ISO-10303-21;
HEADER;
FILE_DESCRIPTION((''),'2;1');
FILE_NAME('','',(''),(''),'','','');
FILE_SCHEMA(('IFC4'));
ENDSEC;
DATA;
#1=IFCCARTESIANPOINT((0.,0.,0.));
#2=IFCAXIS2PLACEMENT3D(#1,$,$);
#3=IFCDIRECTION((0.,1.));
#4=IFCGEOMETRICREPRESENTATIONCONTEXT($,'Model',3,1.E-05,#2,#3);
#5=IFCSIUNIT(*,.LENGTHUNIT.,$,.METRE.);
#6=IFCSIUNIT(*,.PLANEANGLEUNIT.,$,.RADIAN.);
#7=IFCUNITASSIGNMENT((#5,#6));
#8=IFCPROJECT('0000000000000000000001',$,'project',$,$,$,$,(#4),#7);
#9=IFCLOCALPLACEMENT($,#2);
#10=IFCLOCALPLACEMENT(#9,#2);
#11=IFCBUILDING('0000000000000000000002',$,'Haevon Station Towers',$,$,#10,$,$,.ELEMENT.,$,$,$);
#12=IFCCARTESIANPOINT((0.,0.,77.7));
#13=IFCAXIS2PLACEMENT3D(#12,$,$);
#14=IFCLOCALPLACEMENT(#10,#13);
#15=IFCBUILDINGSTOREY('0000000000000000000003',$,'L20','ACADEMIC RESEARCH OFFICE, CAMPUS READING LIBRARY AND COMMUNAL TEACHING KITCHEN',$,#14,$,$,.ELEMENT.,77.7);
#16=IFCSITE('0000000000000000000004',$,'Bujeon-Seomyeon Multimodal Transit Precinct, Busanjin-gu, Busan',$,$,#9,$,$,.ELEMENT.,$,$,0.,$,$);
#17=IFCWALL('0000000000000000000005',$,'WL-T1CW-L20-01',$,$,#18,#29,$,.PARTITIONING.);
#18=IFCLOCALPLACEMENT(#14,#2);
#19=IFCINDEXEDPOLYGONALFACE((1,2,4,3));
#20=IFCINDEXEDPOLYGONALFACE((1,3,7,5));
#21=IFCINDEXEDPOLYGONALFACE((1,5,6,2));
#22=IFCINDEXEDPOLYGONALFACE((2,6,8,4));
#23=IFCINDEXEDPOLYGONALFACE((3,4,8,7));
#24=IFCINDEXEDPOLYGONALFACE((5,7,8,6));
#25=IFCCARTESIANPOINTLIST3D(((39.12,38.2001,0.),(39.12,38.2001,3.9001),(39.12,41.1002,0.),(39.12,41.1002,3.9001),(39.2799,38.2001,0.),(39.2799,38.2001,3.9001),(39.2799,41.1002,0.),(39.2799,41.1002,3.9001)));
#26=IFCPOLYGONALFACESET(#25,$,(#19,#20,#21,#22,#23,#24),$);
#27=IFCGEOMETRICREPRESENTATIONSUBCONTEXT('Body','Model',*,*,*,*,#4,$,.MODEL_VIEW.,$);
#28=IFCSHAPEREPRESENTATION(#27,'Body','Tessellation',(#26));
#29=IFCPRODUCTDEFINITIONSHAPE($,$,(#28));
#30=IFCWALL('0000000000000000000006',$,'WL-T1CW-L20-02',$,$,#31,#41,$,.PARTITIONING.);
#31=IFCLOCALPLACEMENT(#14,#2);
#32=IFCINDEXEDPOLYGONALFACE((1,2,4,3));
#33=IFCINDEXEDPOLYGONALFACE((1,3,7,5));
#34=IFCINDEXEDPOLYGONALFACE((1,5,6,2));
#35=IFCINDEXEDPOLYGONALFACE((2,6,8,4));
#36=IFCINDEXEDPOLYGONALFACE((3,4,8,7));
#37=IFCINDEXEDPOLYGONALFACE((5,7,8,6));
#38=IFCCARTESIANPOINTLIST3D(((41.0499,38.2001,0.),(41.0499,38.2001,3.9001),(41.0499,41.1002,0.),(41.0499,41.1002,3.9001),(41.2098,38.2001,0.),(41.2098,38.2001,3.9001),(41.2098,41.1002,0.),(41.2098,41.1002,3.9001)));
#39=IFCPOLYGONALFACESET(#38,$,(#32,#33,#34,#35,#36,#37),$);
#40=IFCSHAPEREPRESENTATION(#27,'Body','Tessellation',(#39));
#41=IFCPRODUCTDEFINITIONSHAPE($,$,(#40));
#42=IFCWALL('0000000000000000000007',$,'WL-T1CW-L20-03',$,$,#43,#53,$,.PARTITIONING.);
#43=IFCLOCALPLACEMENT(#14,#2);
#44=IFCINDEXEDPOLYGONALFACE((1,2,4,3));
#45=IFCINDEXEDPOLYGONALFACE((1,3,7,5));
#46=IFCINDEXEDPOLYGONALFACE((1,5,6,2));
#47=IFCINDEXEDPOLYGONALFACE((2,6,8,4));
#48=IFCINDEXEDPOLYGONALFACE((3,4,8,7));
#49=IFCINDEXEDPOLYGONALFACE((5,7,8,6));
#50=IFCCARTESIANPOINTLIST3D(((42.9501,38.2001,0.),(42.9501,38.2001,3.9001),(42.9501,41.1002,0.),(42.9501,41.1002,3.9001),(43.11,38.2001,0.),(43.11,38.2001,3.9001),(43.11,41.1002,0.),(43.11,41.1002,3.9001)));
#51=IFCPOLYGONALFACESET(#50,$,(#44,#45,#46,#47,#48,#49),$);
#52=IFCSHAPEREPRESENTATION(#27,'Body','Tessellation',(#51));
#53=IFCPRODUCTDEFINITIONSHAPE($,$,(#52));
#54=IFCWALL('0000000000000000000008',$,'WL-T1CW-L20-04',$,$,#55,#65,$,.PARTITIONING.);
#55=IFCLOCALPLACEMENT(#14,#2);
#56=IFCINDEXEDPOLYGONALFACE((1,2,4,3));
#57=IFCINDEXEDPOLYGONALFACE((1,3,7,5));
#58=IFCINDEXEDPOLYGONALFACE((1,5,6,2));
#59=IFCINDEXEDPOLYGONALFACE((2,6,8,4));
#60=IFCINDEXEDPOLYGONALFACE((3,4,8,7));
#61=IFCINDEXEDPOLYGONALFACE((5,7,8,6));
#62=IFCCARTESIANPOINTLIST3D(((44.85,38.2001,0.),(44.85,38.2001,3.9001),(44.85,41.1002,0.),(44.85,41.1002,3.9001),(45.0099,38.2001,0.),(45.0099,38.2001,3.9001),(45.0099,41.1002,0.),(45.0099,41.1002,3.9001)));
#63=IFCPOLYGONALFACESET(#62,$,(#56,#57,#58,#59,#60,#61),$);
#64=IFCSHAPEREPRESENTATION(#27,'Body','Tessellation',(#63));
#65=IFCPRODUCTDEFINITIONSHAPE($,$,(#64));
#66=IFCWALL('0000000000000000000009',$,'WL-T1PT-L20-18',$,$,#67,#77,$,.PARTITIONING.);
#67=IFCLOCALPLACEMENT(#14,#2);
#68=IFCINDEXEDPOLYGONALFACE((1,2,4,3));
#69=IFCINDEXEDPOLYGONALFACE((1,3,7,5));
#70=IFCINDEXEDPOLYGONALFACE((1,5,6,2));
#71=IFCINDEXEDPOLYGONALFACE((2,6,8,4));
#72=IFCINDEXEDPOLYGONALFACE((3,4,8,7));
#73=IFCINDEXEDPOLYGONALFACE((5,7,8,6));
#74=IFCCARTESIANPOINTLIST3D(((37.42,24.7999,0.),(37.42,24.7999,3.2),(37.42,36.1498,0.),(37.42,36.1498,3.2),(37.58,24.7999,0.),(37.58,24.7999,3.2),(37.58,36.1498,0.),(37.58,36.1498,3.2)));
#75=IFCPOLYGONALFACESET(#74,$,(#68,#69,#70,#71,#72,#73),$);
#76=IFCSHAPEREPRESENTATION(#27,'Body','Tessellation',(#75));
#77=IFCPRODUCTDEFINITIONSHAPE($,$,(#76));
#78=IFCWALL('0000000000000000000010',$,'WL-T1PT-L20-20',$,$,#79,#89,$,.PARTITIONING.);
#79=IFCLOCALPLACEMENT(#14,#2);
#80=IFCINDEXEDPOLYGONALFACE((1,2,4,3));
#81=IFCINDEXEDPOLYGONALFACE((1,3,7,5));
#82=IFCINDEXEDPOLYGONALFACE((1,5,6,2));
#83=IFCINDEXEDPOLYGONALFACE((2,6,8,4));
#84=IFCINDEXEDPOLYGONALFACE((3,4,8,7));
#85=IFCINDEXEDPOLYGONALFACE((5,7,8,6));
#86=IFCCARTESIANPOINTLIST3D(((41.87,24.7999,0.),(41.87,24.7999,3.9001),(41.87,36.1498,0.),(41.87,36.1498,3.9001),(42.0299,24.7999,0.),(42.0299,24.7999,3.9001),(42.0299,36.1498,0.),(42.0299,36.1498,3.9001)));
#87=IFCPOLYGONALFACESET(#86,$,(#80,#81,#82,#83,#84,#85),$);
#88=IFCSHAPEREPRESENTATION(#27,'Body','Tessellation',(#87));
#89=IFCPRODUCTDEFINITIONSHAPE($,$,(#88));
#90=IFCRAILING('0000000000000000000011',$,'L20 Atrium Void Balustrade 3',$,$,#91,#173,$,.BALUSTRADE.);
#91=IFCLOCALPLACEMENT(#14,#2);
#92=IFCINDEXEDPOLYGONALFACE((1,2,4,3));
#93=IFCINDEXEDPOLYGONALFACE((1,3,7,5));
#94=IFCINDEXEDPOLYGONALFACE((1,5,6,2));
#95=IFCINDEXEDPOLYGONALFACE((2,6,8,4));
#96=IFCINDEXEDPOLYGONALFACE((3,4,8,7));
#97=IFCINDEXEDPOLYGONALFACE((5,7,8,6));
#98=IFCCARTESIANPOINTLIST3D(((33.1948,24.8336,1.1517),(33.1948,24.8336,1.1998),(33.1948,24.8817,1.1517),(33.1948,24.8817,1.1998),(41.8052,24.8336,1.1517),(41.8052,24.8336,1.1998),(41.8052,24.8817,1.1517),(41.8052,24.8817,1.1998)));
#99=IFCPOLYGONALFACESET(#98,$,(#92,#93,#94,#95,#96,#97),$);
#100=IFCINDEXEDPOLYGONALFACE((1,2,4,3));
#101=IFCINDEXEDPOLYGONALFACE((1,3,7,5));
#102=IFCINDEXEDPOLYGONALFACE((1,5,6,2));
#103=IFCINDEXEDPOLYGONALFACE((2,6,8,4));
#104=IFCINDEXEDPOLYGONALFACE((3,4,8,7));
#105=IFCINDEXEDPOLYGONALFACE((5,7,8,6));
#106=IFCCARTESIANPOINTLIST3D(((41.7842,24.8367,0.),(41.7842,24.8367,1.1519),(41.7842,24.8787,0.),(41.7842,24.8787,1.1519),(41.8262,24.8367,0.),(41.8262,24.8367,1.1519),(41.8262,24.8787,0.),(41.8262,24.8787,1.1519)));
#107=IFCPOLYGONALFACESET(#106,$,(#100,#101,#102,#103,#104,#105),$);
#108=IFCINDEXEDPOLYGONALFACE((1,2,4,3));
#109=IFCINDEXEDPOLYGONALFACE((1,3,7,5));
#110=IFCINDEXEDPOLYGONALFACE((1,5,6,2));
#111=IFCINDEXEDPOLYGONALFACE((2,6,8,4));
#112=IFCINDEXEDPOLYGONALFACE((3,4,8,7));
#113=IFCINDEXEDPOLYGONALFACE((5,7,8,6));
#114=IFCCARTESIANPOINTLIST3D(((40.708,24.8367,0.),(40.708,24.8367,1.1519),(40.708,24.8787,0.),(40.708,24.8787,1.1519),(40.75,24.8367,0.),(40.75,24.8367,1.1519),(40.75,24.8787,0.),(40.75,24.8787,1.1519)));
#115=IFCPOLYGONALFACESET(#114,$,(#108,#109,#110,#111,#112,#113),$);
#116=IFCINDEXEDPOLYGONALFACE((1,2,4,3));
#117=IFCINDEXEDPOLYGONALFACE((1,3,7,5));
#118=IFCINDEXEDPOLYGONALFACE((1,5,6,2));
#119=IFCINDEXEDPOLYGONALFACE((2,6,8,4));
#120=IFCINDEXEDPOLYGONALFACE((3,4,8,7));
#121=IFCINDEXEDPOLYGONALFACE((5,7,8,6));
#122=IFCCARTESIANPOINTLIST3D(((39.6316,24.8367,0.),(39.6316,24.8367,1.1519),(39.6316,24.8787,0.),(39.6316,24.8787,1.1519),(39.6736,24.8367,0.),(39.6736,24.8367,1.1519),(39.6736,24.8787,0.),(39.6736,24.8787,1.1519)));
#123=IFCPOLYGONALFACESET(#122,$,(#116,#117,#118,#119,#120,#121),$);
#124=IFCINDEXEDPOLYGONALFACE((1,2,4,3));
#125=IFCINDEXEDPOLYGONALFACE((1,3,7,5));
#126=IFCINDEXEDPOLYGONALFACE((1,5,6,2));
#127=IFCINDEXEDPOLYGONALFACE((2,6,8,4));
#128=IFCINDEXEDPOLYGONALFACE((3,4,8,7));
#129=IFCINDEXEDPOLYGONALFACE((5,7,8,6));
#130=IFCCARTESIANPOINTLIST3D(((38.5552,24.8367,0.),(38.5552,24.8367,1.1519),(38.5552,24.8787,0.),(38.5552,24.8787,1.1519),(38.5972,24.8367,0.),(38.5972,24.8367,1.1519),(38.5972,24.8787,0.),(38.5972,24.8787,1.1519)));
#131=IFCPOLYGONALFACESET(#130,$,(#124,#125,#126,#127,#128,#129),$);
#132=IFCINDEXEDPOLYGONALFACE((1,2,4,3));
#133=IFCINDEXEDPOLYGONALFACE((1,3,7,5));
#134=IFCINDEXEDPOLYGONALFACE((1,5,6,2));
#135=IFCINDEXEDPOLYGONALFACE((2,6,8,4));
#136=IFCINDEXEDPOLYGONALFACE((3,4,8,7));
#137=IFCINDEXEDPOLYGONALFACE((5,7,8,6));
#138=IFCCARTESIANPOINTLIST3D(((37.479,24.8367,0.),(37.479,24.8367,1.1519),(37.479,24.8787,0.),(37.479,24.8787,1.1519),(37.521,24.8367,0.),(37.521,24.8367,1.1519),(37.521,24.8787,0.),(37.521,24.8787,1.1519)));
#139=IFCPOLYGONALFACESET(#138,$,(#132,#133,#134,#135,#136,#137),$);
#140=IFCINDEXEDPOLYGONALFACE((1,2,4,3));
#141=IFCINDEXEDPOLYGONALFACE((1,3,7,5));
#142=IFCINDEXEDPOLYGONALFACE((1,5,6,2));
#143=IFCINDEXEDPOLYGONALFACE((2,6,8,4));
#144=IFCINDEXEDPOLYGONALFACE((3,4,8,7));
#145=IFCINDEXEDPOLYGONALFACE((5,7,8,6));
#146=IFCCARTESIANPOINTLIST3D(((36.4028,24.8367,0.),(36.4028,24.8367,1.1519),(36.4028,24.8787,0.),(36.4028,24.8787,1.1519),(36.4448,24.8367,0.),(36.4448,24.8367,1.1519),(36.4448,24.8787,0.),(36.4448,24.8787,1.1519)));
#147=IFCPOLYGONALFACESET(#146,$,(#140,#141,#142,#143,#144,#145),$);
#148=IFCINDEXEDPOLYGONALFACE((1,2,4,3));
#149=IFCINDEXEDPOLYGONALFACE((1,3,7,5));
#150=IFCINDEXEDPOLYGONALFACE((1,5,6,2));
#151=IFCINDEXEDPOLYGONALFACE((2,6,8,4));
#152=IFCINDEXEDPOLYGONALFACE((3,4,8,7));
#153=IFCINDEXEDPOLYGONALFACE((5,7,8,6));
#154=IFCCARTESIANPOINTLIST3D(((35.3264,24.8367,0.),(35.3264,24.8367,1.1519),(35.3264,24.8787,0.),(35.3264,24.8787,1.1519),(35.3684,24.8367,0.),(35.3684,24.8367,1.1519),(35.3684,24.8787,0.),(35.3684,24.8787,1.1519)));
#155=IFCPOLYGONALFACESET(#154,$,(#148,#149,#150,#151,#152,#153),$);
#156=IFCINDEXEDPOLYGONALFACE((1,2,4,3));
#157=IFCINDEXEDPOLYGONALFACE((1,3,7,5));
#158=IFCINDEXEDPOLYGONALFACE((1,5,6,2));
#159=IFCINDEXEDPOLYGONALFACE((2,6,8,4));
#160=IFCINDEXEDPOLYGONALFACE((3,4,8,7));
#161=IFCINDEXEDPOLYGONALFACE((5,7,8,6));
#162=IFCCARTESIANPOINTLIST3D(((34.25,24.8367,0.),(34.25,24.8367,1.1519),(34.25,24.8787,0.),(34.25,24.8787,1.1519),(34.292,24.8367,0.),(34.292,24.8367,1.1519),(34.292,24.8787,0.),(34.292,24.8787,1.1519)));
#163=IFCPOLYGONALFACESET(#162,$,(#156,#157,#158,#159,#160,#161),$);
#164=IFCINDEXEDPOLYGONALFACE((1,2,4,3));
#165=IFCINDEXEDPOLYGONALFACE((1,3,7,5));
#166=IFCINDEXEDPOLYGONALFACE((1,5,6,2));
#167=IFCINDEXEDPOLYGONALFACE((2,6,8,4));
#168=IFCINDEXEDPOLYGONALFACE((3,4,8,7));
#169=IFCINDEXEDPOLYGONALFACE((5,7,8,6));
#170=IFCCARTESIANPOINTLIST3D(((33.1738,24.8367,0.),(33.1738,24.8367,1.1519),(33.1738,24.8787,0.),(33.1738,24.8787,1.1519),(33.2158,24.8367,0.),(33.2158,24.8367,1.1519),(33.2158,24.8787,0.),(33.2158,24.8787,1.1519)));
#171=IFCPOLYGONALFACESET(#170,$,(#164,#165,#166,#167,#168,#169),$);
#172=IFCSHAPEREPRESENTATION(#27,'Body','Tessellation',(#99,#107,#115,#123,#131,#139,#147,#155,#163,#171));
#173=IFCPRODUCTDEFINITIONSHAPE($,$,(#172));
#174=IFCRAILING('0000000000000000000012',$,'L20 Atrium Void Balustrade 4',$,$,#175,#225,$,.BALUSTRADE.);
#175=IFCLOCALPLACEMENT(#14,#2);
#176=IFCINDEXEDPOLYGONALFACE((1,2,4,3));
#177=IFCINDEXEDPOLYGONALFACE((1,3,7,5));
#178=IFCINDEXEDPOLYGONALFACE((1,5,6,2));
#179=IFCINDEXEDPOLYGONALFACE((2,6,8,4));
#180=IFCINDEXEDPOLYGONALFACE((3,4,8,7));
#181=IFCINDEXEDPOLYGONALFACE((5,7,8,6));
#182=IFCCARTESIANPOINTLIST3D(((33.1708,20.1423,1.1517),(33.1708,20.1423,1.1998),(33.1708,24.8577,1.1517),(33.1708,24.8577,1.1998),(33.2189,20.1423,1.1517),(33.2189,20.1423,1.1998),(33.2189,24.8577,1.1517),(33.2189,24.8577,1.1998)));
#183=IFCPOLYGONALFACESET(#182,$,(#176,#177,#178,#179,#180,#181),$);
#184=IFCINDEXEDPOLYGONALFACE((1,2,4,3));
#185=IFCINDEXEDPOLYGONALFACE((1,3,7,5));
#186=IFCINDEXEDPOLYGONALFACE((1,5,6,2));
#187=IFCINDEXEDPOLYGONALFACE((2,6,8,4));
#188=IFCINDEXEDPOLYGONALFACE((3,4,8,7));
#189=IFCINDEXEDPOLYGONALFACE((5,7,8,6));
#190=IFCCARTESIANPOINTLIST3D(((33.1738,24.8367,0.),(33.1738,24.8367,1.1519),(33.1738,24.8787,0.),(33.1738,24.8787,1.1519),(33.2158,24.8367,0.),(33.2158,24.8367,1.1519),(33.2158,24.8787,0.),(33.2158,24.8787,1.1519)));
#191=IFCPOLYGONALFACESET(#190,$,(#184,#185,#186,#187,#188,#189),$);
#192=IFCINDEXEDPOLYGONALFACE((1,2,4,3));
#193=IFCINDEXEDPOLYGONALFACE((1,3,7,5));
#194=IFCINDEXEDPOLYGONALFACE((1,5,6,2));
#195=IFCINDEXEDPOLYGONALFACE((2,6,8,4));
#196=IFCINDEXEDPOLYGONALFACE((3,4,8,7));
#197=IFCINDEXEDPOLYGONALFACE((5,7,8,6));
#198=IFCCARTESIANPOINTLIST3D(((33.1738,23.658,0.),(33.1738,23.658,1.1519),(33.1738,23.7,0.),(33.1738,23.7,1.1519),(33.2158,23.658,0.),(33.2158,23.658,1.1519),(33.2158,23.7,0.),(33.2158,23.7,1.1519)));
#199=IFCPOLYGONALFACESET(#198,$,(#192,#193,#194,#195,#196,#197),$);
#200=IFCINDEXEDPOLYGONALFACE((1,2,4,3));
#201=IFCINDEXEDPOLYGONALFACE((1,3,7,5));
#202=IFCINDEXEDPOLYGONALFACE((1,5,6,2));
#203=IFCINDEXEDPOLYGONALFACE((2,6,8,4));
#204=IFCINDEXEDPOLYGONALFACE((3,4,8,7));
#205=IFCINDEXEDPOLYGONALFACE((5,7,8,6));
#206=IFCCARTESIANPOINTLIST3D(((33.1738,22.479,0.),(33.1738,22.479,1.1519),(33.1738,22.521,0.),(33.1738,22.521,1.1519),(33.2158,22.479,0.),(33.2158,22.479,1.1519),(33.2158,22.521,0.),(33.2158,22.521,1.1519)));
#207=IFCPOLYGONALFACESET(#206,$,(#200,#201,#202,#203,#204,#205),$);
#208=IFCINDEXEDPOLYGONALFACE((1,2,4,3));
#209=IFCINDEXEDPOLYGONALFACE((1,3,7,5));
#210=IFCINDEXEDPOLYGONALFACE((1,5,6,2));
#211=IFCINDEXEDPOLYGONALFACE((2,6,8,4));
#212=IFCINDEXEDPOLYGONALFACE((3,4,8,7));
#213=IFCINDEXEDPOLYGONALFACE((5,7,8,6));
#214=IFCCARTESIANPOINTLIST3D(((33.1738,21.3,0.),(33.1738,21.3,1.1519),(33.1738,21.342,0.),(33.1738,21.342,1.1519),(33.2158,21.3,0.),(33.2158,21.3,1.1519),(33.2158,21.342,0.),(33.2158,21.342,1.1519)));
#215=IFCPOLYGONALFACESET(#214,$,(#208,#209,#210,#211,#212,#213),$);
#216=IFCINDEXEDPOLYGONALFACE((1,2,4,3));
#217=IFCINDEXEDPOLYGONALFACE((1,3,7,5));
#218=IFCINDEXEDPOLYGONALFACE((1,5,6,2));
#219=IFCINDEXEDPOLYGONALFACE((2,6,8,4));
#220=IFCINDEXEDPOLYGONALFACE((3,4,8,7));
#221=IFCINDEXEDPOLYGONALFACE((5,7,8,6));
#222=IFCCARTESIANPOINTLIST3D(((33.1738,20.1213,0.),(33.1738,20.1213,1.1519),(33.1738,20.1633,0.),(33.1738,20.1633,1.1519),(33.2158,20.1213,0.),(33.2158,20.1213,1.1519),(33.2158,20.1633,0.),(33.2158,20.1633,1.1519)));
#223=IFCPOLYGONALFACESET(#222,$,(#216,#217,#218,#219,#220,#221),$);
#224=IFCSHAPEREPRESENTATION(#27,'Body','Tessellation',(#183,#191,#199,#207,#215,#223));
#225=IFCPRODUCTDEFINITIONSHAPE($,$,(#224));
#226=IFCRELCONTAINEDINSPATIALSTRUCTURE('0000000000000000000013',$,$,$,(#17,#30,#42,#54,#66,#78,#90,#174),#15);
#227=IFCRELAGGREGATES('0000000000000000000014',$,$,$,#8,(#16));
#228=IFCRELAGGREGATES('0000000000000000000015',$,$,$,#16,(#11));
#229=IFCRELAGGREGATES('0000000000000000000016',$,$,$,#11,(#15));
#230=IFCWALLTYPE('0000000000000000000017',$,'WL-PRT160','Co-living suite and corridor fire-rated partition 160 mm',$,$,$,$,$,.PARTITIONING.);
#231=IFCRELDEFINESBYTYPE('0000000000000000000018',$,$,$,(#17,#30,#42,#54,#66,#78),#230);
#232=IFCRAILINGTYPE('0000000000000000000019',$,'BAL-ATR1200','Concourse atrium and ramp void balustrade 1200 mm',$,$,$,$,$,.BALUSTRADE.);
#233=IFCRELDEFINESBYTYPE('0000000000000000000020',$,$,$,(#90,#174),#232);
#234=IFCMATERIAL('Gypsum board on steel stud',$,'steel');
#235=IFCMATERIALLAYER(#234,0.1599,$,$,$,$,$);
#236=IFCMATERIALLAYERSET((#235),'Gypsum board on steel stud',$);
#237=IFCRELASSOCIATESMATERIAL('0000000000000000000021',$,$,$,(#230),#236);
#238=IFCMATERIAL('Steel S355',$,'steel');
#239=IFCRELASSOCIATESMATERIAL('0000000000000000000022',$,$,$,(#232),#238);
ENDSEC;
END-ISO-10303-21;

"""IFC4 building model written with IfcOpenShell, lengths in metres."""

from ifc_helpers import new_model, si_unit, direction, frame, frame_2d, origin, origin_2d, place, context, subcontext, project, spatial, rectangle, extrude, material, layer, layer_set, type_object, element, save


model = new_model("IFC4")

# Units and contexts
model_context = context("Model", 3, precision=1e-05, world=origin(), true_north=direction((0.0, 1.0)))
body_context = subcontext(model_context, "Body", "Model", "MODEL_VIEW")
ifc_project = project(units=[si_unit("LENGTHUNIT", "METRE"), si_unit("PLANEANGLEUNIT", "RADIAN")], contexts=[model_context])

# Site, building, storey
site_placement = place(None, origin())
site = spatial("IfcSite", under=ifc_project, at=site_placement, Name="Bujeon-Seomyeon Multimodal Transit Precinct, Busanjin-gu, Busan", CompositionType="ELEMENT", RefElevation=0.0)
building_placement = place(site_placement, origin())
building = spatial("IfcBuilding", under=site, at=building_placement, Name="Haevon Station Towers", CompositionType="ELEMENT")
storey_placement = place(building_placement, frame((0.0, 0.0, 77.7)))
storey = spatial("IfcBuildingStorey", under=building, at=storey_placement, Name="L20", Description="ACADEMIC RESEARCH OFFICE, CAMPUS READING LIBRARY AND COMMUNAL TEACHING KITCHEN", CompositionType="ELEMENT", Elevation=77.7)

# Shared definitions
ifc_material_1 = material(Name="Steel S355", Category="steel")

# Shared definitions
ifc_material_2 = material(Name="Gypsum board on steel stud", Category="steel")

# Walls
ifc_layer_1 = layer(ifc_material_2, 0.1599)
ifc_layer_set_1 = layer_set([ifc_layer_1], Name="Gypsum board on steel stud")
wall_type_1 = type_object("IfcWallType", Name="WL-PRT160", Description="Co-living suite and corridor fire-rated partition 160 mm", PredefinedType="PARTITIONING", material=ifc_layer_set_1)
for number, where, z_axis, x_axis, name in (
    (1, (39.2, 38.2, 0.0), (0.0, 0.0, 1.0), (0.0, 1.0, 0.0), "WL-T1CW-L20-01"),
    (2, (41.1299, 38.2, 0.0), (0.0, 0.0, 1.0), (0.0, 1.0, 0.0), "WL-T1CW-L20-02"),
    (3, (43.03, 38.2, 0.0), (0.0, 0.0, 1.0), (0.0, 1.0, 0.0), "WL-T1CW-L20-03"),
    (4, (44.9299, 38.2, 0.0), (0.0, 0.0, 1.0), (0.0, 1.0, 0.0), "WL-T1CW-L20-04"),
):
    element("IfcWall", number, at=place(storey_placement, frame(where, z_axis=z_axis, x_axis=x_axis)), inside=storey, type_object=wall_type_1, Name=name, PredefinedType="PARTITIONING", context=body_context, shape_type="SweptSolid", body=[
        extrude(rectangle(XDim=2.9001, YDim=0.1599, at=frame_2d((1.4502, 0.0))), origin(), (0.0, 0.0, 1.0), 3.9001),
    ])
wall_1_placement = place(storey_placement, frame((37.5, 24.8, 0.0), z_axis=(0.0, 0.0, 1.0), x_axis=(0.0, 1.0, 0.0)))
element("IfcWall", 5, at=wall_1_placement, inside=storey, type_object=wall_type_1, Name="WL-T1PT-L20-18", PredefinedType="PARTITIONING", context=body_context, shape_type="SweptSolid", body=[
    extrude(rectangle(XDim=11.3499, YDim=0.1599, at=frame_2d((5.6748, 0.0))), origin(), (0.0, 0.0, 1.0), 3.2),
])
wall_2_placement = place(storey_placement, frame((41.95, 24.8, 0.0), z_axis=(0.0, 0.0, 1.0), x_axis=(0.0, 1.0, 0.0)))
element("IfcWall", 6, at=wall_2_placement, inside=storey, type_object=wall_type_1, Name="WL-T1PT-L20-20", PredefinedType="PARTITIONING", context=body_context, shape_type="SweptSolid", body=[
    extrude(rectangle(XDim=11.3499, YDim=0.1599, at=frame_2d((5.6748, 0.0))), origin(), (0.0, 0.0, 1.0), 3.9001),
])

# Railings
railing_type = type_object("IfcRailingType", Name="BAL-ATR1200", Description="Concourse atrium and ramp void balustrade 1200 mm", PredefinedType="BALUSTRADE", material=ifc_material_1)
railing_1_placement = place(storey_placement, frame((41.8052, 24.8577, 0.0)))
element("IfcRailing", 7, at=railing_1_placement, inside=storey, type_object=railing_type, Name="L20 Atrium Void Balustrade 3", PredefinedType="BALUSTRADE", context=body_context, shape_type="SweptSolid", body=[
    extrude(rectangle(XDim=0.0481, YDim=0.0481, at=origin_2d()), frame((0.0, 0.0, 1.1758), z_axis=(-1.0, 0.0, 0.0), x_axis=(0.0, -1.0, 0.0)), (0.0, 0.0, 1.0), 8.6104),
    extrude(rectangle(XDim=0.042, YDim=0.042, at=origin_2d()), origin(), (0.0, 0.0, 1.0), 1.1519),
    extrude(rectangle(XDim=0.042, YDim=0.042, at=origin_2d()), frame((-1.0762, 0.0, 0.0)), (0.0, 0.0, 1.0), 1.1519),
    extrude(rectangle(XDim=0.042, YDim=0.042, at=origin_2d()), frame((-2.1526, 0.0, 0.0)), (0.0, 0.0, 1.0), 1.1519),
    extrude(rectangle(XDim=0.042, YDim=0.042, at=origin_2d()), frame((-3.229, 0.0, 0.0)), (0.0, 0.0, 1.0), 1.1519),
    extrude(rectangle(XDim=0.042, YDim=0.042, at=origin_2d()), frame((-4.3052, 0.0, 0.0)), (0.0, 0.0, 1.0), 1.1519),
    extrude(rectangle(XDim=0.042, YDim=0.042, at=origin_2d()), frame((-5.3813, 0.0, 0.0)), (0.0, 0.0, 1.0), 1.1519),
    extrude(rectangle(XDim=0.042, YDim=0.042, at=origin_2d()), frame((-6.4578, 0.0, 0.0)), (0.0, 0.0, 1.0), 1.1519),
    extrude(rectangle(XDim=0.042, YDim=0.042, at=origin_2d()), frame((-7.5342, 0.0, 0.0)), (0.0, 0.0, 1.0), 1.1519),
    extrude(rectangle(XDim=0.042, YDim=0.042, at=origin_2d()), frame((-8.6104, 0.0, 0.0)), (0.0, 0.0, 1.0), 1.1519),
])
railing_2_placement = place(storey_placement, frame((33.1948, 24.8577, 0.0)))
element("IfcRailing", 8, at=railing_2_placement, inside=storey, type_object=railing_type, Name="L20 Atrium Void Balustrade 4", PredefinedType="BALUSTRADE", context=body_context, shape_type="SweptSolid", body=[
    extrude(rectangle(XDim=0.0481, YDim=0.0481, at=origin_2d()), frame((0.0, 0.0, 1.1758), z_axis=(0.0, -1.0, 0.0), x_axis=(1.0, 0.0, 0.0)), (0.0, 0.0, 1.0), 4.7153),
    extrude(rectangle(XDim=0.042, YDim=0.042, at=origin_2d()), origin(), (0.0, 0.0, 1.0), 1.1519),
    extrude(rectangle(XDim=0.042, YDim=0.042, at=origin_2d()), frame((0.0, -1.1787, 0.0)), (0.0, 0.0, 1.0), 1.1519),
    extrude(rectangle(XDim=0.042, YDim=0.042, at=origin_2d()), frame((0.0, -2.3577, 0.0)), (0.0, 0.0, 1.0), 1.1519),
    extrude(rectangle(XDim=0.042, YDim=0.042, at=origin_2d()), frame((0.0, -3.5366, 0.0)), (0.0, 0.0, 1.0), 1.1519),
    extrude(rectangle(XDim=0.042, YDim=0.042, at=origin_2d()), frame((0.0, -4.7153, 0.0)), (0.0, 0.0, 1.0), 1.1519),
])

save(model, "model.ifc")
